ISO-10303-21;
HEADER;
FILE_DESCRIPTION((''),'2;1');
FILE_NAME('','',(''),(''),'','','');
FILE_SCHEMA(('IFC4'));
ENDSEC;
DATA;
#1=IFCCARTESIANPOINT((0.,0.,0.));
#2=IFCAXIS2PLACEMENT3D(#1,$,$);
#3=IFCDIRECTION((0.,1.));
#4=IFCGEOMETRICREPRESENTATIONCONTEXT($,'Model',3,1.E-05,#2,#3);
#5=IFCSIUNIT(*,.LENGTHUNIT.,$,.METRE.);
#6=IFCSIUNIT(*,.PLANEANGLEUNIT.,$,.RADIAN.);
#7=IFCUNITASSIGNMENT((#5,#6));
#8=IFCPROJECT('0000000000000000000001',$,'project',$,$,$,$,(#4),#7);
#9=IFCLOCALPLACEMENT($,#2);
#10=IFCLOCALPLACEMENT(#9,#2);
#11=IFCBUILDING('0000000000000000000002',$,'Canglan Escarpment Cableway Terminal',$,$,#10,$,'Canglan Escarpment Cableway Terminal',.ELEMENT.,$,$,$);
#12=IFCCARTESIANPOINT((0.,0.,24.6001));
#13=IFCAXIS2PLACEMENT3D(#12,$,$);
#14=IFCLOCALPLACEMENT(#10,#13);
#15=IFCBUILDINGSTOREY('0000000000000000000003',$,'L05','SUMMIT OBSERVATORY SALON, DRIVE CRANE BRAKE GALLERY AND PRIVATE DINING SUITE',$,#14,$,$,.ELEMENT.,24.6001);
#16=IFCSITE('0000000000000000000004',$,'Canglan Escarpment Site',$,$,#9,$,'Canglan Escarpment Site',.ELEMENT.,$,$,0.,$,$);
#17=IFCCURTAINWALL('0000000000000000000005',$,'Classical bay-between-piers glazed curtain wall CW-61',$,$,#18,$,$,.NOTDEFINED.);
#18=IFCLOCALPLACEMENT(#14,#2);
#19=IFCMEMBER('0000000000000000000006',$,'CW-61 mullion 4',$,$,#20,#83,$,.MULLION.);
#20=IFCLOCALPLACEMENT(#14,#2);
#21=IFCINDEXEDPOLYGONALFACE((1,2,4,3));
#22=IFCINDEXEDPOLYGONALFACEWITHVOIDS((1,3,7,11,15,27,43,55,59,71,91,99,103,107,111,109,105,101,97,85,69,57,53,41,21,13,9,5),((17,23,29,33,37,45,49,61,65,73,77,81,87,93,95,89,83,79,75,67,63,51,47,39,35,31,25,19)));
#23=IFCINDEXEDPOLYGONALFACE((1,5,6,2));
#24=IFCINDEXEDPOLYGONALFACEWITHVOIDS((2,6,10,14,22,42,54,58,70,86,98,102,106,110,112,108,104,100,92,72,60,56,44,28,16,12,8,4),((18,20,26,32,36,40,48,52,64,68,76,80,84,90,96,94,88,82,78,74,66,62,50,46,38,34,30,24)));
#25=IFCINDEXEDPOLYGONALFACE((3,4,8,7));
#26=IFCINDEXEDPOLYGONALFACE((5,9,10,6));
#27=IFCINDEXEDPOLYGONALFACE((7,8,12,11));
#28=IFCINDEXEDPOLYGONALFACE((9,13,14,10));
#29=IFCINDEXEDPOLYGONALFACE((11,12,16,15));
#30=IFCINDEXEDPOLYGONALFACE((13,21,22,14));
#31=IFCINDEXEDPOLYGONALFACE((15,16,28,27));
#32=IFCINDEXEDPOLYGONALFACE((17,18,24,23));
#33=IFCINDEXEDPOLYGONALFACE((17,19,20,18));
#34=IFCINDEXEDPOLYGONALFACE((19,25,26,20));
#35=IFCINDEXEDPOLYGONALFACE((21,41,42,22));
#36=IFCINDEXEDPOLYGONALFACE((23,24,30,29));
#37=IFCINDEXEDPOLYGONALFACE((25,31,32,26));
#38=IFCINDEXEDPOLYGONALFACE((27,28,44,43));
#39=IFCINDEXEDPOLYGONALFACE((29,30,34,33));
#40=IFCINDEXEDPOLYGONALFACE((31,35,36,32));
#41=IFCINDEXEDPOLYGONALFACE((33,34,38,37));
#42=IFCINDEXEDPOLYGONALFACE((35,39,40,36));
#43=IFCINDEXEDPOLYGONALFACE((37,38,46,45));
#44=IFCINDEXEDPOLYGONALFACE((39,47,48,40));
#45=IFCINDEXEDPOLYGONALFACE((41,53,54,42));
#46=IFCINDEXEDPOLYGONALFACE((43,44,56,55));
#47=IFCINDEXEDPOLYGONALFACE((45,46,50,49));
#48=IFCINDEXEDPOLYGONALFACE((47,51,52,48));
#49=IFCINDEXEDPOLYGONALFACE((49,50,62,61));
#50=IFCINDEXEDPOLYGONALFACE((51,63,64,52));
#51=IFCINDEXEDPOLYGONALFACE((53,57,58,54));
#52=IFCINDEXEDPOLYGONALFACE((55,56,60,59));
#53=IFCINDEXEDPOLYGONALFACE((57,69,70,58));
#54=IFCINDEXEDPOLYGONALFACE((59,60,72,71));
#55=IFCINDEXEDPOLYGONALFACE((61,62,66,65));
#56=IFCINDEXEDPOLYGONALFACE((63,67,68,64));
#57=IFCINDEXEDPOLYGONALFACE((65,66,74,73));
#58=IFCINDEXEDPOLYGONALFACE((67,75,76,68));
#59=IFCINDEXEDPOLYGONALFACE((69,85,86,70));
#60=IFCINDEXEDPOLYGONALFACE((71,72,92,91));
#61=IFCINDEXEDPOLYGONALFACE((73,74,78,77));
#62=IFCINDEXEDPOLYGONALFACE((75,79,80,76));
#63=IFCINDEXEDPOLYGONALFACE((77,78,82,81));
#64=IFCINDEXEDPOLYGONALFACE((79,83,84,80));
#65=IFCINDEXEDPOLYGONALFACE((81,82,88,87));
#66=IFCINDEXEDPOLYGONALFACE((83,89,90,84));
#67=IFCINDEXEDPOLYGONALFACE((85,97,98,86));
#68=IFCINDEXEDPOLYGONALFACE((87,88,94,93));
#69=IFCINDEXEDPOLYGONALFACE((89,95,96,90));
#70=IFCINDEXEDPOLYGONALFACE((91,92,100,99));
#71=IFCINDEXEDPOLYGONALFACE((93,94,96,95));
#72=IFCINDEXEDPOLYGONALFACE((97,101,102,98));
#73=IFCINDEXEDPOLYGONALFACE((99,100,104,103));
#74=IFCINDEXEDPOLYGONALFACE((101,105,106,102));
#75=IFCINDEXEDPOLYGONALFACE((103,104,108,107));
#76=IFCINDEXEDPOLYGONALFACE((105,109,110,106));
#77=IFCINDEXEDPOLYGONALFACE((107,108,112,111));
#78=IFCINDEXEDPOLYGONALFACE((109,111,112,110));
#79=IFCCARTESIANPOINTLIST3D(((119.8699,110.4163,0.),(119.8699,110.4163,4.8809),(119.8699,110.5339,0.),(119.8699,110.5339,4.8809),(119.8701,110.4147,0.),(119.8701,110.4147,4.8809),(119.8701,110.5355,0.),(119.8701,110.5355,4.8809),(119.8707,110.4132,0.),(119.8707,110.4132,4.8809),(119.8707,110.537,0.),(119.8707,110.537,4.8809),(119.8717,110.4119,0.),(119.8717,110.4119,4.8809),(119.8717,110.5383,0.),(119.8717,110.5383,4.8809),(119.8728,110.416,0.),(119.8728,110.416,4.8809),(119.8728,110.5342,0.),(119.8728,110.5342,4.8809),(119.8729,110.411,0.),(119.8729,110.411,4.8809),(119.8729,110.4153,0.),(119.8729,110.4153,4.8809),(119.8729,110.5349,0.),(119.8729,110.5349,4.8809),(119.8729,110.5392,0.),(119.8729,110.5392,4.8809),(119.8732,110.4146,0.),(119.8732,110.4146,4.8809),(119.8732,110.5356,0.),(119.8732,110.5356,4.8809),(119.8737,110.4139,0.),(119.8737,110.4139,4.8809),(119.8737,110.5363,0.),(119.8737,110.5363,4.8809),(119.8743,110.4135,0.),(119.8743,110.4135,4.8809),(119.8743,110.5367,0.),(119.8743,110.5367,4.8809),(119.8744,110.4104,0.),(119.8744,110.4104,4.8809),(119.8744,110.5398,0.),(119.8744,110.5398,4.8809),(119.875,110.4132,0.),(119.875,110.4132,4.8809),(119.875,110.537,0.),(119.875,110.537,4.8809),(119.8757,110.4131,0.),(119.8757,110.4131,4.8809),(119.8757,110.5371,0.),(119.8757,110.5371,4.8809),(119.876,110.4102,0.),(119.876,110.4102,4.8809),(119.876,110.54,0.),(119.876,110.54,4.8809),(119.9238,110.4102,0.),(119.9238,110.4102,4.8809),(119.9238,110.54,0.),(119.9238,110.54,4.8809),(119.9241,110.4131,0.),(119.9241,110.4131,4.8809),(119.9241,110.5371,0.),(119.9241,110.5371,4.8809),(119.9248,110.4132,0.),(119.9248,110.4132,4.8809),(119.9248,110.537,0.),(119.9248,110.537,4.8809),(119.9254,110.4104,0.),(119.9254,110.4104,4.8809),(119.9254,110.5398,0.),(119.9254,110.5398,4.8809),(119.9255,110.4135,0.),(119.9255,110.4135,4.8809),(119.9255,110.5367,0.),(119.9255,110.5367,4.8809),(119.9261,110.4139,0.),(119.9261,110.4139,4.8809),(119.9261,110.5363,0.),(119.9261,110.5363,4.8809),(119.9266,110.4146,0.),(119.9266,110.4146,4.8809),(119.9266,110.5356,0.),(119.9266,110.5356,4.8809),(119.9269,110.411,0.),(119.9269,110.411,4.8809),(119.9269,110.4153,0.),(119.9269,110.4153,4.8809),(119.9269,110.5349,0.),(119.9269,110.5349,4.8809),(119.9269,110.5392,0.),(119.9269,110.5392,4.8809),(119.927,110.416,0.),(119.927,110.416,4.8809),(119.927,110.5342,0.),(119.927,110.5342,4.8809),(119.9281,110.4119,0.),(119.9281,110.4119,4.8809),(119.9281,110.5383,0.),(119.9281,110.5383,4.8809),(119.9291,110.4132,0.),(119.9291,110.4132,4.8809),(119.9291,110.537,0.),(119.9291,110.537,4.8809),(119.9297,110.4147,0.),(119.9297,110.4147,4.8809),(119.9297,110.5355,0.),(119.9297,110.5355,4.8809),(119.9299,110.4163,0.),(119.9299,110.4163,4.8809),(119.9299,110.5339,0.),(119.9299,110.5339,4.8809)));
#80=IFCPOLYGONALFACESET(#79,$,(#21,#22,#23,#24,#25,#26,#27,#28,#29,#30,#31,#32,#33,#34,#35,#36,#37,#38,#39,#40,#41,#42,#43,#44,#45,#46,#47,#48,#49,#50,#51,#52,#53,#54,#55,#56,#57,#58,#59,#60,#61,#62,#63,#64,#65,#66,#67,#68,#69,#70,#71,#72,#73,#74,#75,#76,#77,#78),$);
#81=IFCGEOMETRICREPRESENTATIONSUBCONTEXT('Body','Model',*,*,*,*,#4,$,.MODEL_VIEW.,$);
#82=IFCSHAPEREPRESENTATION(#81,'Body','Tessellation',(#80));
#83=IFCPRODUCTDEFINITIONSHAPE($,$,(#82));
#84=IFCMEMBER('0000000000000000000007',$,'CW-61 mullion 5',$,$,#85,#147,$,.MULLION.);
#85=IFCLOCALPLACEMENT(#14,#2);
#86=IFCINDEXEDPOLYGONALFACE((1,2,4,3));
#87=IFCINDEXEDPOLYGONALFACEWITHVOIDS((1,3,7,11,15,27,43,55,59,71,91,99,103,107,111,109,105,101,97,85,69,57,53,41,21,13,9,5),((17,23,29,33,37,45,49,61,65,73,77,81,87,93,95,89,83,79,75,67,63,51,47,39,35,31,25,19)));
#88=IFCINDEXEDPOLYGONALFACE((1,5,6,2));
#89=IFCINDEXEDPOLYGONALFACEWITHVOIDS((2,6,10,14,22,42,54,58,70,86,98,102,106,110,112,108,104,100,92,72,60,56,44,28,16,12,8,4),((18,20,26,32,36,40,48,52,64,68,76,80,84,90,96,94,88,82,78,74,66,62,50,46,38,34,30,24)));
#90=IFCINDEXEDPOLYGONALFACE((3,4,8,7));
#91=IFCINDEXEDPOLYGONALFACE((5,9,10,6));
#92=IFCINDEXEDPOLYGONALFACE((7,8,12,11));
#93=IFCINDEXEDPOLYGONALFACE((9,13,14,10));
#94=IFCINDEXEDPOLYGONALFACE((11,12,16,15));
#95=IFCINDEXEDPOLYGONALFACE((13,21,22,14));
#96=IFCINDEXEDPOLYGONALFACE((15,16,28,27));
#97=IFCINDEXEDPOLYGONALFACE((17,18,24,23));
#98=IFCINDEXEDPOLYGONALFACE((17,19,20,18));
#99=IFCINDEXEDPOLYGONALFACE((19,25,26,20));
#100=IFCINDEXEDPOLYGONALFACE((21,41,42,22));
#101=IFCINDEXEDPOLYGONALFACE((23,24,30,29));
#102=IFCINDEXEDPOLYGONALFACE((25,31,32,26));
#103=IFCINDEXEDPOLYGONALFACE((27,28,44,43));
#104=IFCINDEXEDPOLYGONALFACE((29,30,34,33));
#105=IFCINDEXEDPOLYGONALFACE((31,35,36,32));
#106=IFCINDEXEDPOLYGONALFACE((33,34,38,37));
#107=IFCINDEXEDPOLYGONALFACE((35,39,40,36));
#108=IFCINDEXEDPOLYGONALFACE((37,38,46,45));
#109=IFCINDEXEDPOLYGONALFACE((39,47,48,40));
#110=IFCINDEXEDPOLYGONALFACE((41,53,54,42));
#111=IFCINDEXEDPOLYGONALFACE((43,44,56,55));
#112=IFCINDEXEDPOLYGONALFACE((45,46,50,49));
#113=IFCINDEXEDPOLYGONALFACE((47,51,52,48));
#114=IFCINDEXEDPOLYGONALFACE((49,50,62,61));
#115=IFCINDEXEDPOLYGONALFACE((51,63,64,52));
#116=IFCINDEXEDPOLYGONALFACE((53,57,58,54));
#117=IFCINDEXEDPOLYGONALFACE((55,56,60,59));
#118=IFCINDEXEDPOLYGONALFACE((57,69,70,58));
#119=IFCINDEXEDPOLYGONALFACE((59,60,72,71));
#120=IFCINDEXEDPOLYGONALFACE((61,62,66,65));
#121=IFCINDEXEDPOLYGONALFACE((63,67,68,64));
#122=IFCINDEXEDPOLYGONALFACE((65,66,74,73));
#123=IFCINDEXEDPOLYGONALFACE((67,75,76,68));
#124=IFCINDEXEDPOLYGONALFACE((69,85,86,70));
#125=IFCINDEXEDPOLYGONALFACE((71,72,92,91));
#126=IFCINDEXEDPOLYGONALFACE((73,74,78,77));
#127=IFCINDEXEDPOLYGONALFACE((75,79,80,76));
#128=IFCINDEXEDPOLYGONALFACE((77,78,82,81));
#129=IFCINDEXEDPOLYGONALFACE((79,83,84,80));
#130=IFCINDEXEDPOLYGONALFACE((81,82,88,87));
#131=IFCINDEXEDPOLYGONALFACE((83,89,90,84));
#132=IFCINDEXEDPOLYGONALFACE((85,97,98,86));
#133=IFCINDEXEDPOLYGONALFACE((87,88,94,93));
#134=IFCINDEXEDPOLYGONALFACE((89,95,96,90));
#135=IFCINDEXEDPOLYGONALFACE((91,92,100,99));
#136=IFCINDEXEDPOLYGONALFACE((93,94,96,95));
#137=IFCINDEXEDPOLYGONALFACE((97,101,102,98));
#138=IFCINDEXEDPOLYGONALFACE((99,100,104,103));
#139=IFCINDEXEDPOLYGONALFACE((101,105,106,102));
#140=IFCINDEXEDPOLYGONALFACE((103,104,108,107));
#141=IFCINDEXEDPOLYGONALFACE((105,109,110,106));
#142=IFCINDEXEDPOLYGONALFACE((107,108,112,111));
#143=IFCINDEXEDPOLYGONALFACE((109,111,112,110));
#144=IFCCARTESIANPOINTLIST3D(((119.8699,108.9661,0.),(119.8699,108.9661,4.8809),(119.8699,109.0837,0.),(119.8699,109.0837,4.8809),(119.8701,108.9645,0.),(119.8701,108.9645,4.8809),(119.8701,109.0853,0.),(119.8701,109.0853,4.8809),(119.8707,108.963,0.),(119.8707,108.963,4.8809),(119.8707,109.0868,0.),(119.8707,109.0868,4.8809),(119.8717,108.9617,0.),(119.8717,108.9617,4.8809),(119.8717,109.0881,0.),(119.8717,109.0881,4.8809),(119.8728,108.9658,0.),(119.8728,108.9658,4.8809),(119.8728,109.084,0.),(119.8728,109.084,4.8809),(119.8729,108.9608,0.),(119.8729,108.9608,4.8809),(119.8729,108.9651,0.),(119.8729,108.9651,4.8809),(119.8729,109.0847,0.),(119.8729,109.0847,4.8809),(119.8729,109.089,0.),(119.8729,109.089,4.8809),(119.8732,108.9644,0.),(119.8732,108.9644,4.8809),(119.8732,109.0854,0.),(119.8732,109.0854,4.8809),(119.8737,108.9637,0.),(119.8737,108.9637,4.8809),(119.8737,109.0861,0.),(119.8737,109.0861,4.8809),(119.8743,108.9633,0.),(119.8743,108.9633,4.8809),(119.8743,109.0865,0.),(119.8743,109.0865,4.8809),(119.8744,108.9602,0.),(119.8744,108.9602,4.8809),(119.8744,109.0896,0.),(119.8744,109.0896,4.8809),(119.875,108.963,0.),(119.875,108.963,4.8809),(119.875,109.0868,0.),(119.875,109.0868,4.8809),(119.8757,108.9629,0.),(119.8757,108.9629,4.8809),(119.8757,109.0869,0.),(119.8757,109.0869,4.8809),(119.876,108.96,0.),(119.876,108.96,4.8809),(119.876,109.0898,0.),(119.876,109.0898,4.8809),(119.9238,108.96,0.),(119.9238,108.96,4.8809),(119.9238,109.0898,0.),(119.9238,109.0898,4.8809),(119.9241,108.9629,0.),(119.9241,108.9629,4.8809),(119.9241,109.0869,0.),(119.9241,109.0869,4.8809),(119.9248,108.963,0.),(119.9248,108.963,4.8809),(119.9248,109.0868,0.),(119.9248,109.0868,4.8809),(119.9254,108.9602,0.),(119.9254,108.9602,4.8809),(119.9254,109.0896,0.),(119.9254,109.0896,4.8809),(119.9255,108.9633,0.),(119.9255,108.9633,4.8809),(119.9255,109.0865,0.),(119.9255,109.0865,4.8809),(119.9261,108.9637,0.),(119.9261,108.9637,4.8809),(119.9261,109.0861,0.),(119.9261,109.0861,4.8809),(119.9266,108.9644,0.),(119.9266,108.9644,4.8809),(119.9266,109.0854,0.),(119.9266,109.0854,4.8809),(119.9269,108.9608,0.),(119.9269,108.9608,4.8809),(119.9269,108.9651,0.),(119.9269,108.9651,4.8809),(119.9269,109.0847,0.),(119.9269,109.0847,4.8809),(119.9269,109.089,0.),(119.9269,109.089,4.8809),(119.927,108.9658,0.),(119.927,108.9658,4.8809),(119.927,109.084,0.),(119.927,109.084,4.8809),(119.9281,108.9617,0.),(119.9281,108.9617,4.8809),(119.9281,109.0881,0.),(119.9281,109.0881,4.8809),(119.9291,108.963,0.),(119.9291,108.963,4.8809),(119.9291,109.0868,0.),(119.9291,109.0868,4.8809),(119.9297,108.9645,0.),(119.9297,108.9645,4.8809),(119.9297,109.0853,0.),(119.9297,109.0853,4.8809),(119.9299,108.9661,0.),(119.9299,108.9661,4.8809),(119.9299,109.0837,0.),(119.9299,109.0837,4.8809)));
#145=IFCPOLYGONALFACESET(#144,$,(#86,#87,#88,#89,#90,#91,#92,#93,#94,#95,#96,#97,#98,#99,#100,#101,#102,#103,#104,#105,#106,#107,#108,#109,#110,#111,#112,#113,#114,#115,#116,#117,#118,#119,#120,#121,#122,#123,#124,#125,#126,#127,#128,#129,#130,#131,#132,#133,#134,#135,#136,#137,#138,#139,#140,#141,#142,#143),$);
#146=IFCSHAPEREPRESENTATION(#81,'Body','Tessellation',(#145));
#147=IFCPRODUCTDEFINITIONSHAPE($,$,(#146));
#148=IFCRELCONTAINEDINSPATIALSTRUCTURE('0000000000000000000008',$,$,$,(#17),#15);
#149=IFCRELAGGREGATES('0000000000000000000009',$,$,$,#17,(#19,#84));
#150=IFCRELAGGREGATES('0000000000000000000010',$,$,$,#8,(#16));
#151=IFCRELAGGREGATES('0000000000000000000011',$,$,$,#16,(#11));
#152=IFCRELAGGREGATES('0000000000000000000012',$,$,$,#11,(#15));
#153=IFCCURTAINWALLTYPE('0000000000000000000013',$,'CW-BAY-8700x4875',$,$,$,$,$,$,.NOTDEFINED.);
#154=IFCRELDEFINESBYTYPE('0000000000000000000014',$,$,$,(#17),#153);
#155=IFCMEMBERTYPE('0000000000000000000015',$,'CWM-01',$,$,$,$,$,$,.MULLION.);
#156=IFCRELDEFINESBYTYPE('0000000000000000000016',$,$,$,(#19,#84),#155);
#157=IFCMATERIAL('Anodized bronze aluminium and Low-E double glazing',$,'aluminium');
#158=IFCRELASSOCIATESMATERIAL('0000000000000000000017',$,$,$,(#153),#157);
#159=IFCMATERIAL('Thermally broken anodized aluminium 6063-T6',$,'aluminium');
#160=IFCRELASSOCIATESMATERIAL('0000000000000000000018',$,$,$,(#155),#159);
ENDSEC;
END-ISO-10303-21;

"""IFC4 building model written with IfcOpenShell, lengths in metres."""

from ifc_helpers import new_model, si_unit, direction, frame, origin, origin_2d, place, context, subcontext, project, spatial, hollow_rectangle, extrude, material, material_profile, profile_set, type_object, element, aggregate, save


model = new_model("IFC4")

# Units and contexts
model_context = context("Model", 3, precision=1e-05, world=origin(), true_north=direction((0.0, 1.0)))
body_context = subcontext(model_context, "Body", "Model", "MODEL_VIEW")
ifc_project = project(units=[si_unit("LENGTHUNIT", "METRE"), si_unit("PLANEANGLEUNIT", "RADIAN")], contexts=[model_context])

# Site, building, storey
site_placement = place(None, origin())
site = spatial("IfcSite", under=ifc_project, at=site_placement, Name="Canglan Escarpment Site", LongName="Canglan Escarpment Site", CompositionType="ELEMENT", RefElevation=0.0)
building_placement = place(site_placement, origin())
building = spatial("IfcBuilding", under=site, at=building_placement, Name="Canglan Escarpment Cableway Terminal", LongName="Canglan Escarpment Cableway Terminal", CompositionType="ELEMENT")
storey_placement = place(building_placement, frame((0.0, 0.0, 24.6001)))
storey = spatial("IfcBuildingStorey", under=building, at=storey_placement, Name="L05", Description="SUMMIT OBSERVATORY SALON, DRIVE CRANE BRAKE GALLERY AND PRIVATE DINING SUITE", CompositionType="ELEMENT", Elevation=24.6001)

# Curtain wall, members
ifc_material_1 = material(Name="Anodized bronze aluminium and Low-E double glazing", Category="aluminium")
curtain_wall_type = type_object("IfcCurtainWallType", Name="CW-BAY-8700x4875", PredefinedType="NOTDEFINED", material=ifc_material_1)
curtain_wall_placement = place(storey_placement, origin())
curtain_wall = element("IfcCurtainWall", 1, at=curtain_wall_placement, inside=storey, type_object=curtain_wall_type, Name="Classical bay-between-piers glazed curtain wall CW-61", PredefinedType="NOTDEFINED")
ifc_material_2 = material(Name="Thermally broken anodized aluminium 6063-T6", Category="aluminium")
ifc_material_profile_1 = material_profile(ifc_material_2, hollow_rectangle(XDim=0.0601, YDim=0.1299, WallThickness=0.0029, InnerFilletRadius=0.0029, OuterFilletRadius=0.0061, at=origin_2d()), Name="ALU-MULL 60x130x3")
ifc_profile_set_1 = profile_set([ifc_material_profile_1], Name="Thermally broken anodized aluminium 6063-T6")
member_type_1 = type_object("IfcMemberType", Name="CWM-01", PredefinedType="MULLION", material=ifc_profile_set_1)
member_1_placement = place(storey_placement, frame((119.8999, 110.4751, 0.0), z_axis=(0.0, 0.0, 1.0), x_axis=(1.0, 0.0, 0.0)))
member_1 = element("IfcMember", 2, at=member_1_placement, type_object=member_type_1, Name="CW-61 mullion 4", PredefinedType="MULLION", context=body_context, shape_type="SweptSolid", body=[
    extrude(hollow_rectangle(XDim=0.0601, YDim=0.1299, WallThickness=0.0029, InnerFilletRadius=0.0029, OuterFilletRadius=0.0061, at=origin_2d()), origin(), (0.0, 0.0, 1.0), 4.8809),
])
member_2_placement = place(storey_placement, frame((119.8999, 109.0249, 0.0), z_axis=(0.0, 0.0, 1.0), x_axis=(1.0, 0.0, 0.0)))
member_2 = element("IfcMember", 3, at=member_2_placement, type_object=member_type_1, Name="CW-61 mullion 5", PredefinedType="MULLION", context=body_context, shape_type="SweptSolid", body=[
    extrude(hollow_rectangle(XDim=0.0601, YDim=0.1299, WallThickness=0.0029, InnerFilletRadius=0.0029, OuterFilletRadius=0.0061, at=origin_2d()), origin(), (0.0, 0.0, 1.0), 4.8809),
])
aggregate(curtain_wall, [member_1, member_2])

save(model, "model.ifc")
